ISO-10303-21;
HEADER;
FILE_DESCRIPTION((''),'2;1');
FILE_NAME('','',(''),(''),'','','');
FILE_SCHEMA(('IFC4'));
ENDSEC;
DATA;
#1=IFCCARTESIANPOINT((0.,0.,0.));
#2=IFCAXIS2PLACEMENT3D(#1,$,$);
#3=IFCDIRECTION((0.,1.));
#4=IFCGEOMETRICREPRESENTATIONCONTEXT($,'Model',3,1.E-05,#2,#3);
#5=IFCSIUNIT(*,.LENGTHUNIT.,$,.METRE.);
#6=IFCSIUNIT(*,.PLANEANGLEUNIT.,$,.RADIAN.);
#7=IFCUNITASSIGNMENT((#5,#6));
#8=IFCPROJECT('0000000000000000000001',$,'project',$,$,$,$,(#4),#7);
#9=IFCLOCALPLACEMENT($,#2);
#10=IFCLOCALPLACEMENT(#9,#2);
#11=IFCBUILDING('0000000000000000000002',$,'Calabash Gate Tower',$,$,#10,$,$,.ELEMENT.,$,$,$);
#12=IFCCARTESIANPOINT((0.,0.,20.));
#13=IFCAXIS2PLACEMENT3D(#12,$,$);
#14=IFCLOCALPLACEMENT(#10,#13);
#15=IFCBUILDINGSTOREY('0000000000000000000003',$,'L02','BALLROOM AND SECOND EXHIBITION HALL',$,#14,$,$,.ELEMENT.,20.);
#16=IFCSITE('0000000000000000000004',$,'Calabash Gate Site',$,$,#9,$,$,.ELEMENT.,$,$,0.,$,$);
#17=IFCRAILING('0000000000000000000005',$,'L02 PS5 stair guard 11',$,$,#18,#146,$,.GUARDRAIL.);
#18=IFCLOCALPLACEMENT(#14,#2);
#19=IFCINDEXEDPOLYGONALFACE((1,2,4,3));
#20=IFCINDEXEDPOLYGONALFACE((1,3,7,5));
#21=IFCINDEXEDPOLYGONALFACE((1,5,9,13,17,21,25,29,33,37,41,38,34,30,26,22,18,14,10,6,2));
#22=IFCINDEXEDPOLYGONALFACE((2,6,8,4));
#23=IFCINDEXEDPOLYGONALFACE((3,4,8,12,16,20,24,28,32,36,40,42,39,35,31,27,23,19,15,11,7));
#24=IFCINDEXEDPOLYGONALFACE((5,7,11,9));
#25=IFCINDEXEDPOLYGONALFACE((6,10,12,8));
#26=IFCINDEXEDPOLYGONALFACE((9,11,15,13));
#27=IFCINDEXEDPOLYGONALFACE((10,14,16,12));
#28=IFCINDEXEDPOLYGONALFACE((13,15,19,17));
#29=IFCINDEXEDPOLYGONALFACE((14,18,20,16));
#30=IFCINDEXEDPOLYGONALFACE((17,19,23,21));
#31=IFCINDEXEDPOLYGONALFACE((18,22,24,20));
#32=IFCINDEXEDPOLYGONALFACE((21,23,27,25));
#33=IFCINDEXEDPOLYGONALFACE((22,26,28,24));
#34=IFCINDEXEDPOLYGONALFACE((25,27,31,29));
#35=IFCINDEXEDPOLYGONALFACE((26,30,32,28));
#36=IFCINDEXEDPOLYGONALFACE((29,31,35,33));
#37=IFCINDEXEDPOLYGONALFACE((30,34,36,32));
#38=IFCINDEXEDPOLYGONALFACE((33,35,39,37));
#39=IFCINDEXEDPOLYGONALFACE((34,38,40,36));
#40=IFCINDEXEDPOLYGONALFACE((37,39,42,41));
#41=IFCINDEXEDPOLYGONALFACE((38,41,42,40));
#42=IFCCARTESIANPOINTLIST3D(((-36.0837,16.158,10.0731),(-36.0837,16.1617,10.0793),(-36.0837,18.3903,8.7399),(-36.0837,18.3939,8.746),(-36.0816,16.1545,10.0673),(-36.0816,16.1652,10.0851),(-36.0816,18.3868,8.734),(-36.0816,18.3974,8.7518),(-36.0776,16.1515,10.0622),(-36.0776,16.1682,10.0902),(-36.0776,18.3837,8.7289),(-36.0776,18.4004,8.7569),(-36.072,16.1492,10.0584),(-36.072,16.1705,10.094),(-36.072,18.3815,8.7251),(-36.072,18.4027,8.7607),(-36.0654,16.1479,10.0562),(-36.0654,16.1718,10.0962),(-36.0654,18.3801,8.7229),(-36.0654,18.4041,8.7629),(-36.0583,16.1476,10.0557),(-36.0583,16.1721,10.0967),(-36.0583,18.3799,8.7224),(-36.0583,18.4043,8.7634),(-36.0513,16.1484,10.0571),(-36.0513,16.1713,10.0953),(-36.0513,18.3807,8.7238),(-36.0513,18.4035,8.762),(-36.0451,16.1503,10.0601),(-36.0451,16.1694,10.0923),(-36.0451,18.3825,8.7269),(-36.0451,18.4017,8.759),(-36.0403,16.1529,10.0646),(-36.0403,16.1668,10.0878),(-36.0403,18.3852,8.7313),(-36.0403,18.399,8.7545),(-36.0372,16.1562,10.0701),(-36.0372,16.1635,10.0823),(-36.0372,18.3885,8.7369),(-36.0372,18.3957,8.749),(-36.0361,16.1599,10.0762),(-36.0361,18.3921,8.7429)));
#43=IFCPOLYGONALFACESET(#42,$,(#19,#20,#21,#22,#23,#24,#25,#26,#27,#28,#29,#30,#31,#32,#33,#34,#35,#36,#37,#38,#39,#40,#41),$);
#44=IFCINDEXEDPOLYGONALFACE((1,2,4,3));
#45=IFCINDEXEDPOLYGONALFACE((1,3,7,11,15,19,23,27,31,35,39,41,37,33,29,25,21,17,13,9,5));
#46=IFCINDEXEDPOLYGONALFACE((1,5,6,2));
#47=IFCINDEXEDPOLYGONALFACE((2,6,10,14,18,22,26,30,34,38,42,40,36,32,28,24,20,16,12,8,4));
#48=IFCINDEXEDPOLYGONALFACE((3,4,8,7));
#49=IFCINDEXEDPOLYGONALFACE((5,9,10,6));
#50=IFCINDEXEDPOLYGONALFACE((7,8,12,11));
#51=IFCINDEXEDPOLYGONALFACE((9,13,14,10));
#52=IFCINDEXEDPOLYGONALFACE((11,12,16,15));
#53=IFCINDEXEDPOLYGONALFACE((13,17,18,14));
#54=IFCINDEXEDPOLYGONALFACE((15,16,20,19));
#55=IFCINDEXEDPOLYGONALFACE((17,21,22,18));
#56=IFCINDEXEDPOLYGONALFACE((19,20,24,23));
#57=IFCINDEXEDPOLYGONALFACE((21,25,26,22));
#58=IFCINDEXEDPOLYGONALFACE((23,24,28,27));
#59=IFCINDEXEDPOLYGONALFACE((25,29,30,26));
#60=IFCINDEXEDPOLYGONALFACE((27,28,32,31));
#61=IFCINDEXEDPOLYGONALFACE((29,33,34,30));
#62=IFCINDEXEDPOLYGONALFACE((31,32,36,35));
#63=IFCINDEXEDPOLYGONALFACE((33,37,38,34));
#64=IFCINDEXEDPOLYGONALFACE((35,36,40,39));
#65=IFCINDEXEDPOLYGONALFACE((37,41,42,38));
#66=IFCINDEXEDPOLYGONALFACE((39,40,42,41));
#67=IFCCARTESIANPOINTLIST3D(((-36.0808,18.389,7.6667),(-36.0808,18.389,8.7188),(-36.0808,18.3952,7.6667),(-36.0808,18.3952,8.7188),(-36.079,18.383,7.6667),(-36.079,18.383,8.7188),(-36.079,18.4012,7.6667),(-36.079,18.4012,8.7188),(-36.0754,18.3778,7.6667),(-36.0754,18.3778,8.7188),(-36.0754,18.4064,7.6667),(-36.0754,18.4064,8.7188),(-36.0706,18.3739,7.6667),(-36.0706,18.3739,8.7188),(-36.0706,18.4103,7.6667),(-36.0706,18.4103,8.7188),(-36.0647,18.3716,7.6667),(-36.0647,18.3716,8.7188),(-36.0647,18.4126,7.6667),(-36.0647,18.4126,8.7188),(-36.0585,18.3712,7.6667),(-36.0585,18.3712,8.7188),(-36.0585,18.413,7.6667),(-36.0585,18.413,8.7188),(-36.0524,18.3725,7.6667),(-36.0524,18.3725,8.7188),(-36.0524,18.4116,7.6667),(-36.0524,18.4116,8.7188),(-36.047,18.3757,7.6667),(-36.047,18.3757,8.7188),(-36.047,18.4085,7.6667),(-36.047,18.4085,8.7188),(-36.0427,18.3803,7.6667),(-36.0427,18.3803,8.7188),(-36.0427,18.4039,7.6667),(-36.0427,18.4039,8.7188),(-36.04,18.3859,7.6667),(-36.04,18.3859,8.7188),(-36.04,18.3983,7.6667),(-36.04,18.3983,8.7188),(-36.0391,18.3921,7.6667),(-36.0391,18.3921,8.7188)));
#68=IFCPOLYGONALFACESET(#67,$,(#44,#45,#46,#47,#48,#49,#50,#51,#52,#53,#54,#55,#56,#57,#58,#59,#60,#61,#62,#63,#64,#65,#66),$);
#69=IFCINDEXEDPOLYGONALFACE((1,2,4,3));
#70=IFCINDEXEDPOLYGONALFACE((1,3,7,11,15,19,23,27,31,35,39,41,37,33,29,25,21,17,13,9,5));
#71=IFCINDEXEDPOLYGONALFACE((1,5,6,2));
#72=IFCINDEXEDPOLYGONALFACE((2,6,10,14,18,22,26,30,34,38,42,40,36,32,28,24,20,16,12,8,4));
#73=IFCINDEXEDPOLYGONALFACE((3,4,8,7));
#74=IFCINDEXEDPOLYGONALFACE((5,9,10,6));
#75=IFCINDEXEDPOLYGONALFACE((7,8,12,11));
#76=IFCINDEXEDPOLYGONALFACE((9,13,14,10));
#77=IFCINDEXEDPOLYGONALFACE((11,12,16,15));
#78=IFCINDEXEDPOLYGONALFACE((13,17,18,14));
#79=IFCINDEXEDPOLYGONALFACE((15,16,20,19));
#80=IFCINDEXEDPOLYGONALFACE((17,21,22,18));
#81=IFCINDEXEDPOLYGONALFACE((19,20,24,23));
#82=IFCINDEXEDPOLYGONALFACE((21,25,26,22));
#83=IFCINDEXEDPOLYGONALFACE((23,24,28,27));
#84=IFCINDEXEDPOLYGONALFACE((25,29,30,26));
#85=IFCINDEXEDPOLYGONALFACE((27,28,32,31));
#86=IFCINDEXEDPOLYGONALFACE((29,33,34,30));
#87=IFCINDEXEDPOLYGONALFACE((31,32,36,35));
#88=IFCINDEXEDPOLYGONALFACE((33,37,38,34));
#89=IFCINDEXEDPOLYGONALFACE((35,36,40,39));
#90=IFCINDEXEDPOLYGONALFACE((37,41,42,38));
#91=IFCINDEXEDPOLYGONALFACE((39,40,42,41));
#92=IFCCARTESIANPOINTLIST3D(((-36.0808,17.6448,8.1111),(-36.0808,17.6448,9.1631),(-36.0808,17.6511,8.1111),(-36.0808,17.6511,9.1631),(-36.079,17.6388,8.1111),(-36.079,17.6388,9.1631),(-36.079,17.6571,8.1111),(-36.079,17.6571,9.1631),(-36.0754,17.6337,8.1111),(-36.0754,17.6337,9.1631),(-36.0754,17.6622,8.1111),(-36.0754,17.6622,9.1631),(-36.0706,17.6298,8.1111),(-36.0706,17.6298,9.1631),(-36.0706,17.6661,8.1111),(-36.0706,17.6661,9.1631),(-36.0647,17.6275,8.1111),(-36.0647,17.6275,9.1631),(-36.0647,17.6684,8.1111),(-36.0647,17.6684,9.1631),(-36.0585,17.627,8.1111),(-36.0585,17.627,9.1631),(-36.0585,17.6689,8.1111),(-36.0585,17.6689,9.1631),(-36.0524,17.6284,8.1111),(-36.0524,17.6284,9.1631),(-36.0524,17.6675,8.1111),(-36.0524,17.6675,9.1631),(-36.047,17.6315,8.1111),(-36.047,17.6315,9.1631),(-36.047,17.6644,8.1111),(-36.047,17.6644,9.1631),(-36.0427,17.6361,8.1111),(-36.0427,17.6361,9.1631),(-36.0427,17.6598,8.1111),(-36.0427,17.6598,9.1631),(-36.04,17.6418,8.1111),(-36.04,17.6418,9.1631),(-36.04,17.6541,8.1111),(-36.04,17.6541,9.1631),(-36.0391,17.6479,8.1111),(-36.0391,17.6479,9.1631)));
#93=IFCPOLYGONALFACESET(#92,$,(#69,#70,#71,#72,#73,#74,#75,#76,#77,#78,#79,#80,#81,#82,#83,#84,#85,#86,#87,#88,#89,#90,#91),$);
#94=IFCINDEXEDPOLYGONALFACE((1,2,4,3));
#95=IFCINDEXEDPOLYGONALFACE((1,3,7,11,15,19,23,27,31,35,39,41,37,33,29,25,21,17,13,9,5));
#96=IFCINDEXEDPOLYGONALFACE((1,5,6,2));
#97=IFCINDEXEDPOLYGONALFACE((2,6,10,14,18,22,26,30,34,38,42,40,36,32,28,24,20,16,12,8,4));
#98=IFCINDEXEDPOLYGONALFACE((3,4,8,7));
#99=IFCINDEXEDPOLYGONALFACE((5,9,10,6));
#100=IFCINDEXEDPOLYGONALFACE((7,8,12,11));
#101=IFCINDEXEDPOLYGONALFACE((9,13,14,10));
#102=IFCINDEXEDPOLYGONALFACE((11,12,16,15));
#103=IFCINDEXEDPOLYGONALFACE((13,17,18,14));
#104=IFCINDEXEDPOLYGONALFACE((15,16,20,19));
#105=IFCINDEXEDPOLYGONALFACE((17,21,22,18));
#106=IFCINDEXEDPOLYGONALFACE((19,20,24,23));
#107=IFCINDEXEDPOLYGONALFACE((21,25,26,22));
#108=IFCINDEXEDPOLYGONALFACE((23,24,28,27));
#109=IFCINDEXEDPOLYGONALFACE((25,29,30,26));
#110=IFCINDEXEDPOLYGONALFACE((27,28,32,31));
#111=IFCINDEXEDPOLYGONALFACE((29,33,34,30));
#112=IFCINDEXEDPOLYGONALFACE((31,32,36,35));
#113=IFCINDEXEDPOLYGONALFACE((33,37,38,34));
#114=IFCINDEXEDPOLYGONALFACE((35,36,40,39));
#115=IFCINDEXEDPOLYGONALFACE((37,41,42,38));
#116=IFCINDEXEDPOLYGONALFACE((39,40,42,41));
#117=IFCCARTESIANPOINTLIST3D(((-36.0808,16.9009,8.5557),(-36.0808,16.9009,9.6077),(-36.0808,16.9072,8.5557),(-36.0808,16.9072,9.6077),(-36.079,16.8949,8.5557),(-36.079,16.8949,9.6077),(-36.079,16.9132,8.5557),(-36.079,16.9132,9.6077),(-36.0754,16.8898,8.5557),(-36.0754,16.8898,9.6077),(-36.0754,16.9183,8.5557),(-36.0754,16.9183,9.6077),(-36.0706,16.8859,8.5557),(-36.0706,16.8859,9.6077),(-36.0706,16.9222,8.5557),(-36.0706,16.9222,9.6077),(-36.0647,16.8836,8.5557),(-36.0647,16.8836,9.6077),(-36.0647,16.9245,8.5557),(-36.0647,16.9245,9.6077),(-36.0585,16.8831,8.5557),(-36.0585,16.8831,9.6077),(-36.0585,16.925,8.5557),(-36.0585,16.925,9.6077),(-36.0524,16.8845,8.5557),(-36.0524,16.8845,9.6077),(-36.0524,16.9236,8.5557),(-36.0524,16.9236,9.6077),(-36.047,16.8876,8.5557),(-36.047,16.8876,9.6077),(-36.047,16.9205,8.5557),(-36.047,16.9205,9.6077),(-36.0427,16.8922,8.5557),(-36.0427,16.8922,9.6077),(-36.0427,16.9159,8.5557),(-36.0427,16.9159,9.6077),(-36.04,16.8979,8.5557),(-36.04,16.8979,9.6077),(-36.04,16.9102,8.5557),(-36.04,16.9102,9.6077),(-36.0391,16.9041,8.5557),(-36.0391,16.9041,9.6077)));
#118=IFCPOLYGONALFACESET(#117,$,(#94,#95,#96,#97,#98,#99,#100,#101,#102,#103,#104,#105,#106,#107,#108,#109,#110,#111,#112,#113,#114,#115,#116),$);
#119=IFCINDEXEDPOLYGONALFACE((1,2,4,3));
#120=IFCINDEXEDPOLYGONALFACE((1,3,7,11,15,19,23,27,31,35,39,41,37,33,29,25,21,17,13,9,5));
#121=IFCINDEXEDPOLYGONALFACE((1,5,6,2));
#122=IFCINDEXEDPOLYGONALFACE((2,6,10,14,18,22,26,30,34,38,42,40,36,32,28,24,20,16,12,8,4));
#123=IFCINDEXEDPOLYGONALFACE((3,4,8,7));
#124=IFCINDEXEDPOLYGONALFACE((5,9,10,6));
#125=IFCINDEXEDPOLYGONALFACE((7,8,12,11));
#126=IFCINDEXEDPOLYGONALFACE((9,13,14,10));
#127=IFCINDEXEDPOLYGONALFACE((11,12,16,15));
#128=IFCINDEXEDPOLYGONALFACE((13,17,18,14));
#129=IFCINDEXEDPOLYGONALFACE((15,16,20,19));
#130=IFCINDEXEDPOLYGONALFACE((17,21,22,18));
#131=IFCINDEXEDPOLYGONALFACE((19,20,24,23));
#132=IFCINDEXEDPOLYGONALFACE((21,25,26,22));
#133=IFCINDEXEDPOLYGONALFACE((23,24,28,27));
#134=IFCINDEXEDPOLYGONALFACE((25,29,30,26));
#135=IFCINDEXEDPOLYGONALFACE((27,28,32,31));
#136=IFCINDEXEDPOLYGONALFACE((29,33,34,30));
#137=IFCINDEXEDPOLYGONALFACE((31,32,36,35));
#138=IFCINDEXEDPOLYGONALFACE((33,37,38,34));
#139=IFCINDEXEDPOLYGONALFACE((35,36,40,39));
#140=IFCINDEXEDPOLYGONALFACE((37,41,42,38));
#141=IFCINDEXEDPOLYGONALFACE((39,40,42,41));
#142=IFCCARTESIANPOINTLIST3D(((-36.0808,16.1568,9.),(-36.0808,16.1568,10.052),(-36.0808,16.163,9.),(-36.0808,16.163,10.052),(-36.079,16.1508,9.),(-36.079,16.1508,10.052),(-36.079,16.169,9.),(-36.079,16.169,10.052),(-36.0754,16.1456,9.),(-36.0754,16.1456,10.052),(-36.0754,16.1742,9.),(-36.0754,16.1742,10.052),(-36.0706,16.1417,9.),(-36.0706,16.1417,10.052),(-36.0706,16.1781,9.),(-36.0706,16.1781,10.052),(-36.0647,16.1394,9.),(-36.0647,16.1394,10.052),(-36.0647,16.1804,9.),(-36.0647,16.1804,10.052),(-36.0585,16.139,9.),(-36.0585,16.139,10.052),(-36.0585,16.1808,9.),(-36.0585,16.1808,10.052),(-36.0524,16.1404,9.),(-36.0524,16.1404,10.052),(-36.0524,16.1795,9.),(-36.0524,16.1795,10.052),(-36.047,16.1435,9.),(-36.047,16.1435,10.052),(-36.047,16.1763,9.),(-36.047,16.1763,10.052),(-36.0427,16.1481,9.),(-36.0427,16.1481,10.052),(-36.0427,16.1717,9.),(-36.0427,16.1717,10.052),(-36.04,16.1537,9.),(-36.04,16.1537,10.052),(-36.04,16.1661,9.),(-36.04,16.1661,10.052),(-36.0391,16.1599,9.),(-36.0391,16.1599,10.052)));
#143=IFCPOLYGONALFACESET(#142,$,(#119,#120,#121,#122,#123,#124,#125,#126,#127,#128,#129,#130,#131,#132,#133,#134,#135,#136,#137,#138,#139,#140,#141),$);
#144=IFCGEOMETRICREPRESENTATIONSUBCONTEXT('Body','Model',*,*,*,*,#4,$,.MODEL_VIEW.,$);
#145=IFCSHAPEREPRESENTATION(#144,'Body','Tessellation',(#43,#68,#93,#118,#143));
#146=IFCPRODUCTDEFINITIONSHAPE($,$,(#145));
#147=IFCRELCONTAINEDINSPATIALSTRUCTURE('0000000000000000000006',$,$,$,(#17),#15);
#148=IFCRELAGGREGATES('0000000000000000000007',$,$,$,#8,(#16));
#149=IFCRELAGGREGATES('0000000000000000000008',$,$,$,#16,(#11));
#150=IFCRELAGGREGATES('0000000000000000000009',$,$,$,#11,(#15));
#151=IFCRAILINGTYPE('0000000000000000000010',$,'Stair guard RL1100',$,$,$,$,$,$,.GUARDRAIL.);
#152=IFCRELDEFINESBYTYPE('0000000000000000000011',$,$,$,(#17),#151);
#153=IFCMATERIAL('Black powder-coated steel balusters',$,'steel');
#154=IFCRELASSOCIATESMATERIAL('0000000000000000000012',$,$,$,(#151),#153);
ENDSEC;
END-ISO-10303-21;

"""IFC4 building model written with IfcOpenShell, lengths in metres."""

from ifc_helpers import new_model, si_unit, direction, frame, origin, origin_2d, place, context, subcontext, project, spatial, circle, extrude, material, type_object, element, save


model = new_model("IFC4")

# Units and contexts
model_context = context("Model", 3, precision=1e-05, world=origin(), true_north=direction((0.0, 1.0)))
body_context = subcontext(model_context, "Body", "Model", "MODEL_VIEW")
ifc_project = project(units=[si_unit("LENGTHUNIT", "METRE"), si_unit("PLANEANGLEUNIT", "RADIAN")], contexts=[model_context])

# Site, building, storey
site_placement = place(None, origin())
site = spatial("IfcSite", under=ifc_project, at=site_placement, Name="Calabash Gate Site", CompositionType="ELEMENT", RefElevation=0.0)
building_placement = place(site_placement, origin())
building = spatial("IfcBuilding", under=site, at=building_placement, Name="Calabash Gate Tower", CompositionType="ELEMENT")
storey_placement = place(building_placement, frame((0.0, 0.0, 20.0)))
storey = spatial("IfcBuildingStorey", under=building, at=storey_placement, Name="L02", Description="BALLROOM AND SECOND EXHIBITION HALL", CompositionType="ELEMENT", Elevation=20.0)

# Railing
ifc_material_1 = material(Name="Black powder-coated steel balusters", Category="steel")
railing_type_1 = type_object("IfcRailingType", Name="Stair guard RL1100", PredefinedType="GUARDRAIL", material=ifc_material_1)
for number, where, name in (
    (1, (-36.0601, 18.3921, 7.6667), "L02 PS5 stair guard 11"),
):
    element("IfcRailing", number, at=place(storey_placement, frame(where)), inside=storey, type_object=railing_type_1, Name=name, PredefinedType="GUARDRAIL", context=body_context, shape_type="SweptSolid", body=[
        extrude(circle(Radius=0.0239, at=origin_2d()), frame((0.0, 0.0, 1.0762), z_axis=(0.0, -0.858519, 0.512782), x_axis=(1.0, 0.0, 0.0)), (0.0, 0.0, 1.0), 2.6001),
        extrude(circle(Radius=0.021, at=origin_2d()), origin(), (0.0, 0.0, 1.0), 1.052),
        extrude(circle(Radius=0.021, at=origin_2d()), frame((0.0, -0.7441, 0.4443)), (0.0, 0.0, 1.0), 1.052),
        extrude(circle(Radius=0.021, at=origin_2d()), frame((0.0, -1.488, 0.8889)), (0.0, 0.0, 1.0), 1.052),
        extrude(circle(Radius=0.021, at=origin_2d()), frame((0.0, -2.2322, 1.3333)), (0.0, 0.0, 1.0), 1.052),
    ])

save(model, "model.ifc")
